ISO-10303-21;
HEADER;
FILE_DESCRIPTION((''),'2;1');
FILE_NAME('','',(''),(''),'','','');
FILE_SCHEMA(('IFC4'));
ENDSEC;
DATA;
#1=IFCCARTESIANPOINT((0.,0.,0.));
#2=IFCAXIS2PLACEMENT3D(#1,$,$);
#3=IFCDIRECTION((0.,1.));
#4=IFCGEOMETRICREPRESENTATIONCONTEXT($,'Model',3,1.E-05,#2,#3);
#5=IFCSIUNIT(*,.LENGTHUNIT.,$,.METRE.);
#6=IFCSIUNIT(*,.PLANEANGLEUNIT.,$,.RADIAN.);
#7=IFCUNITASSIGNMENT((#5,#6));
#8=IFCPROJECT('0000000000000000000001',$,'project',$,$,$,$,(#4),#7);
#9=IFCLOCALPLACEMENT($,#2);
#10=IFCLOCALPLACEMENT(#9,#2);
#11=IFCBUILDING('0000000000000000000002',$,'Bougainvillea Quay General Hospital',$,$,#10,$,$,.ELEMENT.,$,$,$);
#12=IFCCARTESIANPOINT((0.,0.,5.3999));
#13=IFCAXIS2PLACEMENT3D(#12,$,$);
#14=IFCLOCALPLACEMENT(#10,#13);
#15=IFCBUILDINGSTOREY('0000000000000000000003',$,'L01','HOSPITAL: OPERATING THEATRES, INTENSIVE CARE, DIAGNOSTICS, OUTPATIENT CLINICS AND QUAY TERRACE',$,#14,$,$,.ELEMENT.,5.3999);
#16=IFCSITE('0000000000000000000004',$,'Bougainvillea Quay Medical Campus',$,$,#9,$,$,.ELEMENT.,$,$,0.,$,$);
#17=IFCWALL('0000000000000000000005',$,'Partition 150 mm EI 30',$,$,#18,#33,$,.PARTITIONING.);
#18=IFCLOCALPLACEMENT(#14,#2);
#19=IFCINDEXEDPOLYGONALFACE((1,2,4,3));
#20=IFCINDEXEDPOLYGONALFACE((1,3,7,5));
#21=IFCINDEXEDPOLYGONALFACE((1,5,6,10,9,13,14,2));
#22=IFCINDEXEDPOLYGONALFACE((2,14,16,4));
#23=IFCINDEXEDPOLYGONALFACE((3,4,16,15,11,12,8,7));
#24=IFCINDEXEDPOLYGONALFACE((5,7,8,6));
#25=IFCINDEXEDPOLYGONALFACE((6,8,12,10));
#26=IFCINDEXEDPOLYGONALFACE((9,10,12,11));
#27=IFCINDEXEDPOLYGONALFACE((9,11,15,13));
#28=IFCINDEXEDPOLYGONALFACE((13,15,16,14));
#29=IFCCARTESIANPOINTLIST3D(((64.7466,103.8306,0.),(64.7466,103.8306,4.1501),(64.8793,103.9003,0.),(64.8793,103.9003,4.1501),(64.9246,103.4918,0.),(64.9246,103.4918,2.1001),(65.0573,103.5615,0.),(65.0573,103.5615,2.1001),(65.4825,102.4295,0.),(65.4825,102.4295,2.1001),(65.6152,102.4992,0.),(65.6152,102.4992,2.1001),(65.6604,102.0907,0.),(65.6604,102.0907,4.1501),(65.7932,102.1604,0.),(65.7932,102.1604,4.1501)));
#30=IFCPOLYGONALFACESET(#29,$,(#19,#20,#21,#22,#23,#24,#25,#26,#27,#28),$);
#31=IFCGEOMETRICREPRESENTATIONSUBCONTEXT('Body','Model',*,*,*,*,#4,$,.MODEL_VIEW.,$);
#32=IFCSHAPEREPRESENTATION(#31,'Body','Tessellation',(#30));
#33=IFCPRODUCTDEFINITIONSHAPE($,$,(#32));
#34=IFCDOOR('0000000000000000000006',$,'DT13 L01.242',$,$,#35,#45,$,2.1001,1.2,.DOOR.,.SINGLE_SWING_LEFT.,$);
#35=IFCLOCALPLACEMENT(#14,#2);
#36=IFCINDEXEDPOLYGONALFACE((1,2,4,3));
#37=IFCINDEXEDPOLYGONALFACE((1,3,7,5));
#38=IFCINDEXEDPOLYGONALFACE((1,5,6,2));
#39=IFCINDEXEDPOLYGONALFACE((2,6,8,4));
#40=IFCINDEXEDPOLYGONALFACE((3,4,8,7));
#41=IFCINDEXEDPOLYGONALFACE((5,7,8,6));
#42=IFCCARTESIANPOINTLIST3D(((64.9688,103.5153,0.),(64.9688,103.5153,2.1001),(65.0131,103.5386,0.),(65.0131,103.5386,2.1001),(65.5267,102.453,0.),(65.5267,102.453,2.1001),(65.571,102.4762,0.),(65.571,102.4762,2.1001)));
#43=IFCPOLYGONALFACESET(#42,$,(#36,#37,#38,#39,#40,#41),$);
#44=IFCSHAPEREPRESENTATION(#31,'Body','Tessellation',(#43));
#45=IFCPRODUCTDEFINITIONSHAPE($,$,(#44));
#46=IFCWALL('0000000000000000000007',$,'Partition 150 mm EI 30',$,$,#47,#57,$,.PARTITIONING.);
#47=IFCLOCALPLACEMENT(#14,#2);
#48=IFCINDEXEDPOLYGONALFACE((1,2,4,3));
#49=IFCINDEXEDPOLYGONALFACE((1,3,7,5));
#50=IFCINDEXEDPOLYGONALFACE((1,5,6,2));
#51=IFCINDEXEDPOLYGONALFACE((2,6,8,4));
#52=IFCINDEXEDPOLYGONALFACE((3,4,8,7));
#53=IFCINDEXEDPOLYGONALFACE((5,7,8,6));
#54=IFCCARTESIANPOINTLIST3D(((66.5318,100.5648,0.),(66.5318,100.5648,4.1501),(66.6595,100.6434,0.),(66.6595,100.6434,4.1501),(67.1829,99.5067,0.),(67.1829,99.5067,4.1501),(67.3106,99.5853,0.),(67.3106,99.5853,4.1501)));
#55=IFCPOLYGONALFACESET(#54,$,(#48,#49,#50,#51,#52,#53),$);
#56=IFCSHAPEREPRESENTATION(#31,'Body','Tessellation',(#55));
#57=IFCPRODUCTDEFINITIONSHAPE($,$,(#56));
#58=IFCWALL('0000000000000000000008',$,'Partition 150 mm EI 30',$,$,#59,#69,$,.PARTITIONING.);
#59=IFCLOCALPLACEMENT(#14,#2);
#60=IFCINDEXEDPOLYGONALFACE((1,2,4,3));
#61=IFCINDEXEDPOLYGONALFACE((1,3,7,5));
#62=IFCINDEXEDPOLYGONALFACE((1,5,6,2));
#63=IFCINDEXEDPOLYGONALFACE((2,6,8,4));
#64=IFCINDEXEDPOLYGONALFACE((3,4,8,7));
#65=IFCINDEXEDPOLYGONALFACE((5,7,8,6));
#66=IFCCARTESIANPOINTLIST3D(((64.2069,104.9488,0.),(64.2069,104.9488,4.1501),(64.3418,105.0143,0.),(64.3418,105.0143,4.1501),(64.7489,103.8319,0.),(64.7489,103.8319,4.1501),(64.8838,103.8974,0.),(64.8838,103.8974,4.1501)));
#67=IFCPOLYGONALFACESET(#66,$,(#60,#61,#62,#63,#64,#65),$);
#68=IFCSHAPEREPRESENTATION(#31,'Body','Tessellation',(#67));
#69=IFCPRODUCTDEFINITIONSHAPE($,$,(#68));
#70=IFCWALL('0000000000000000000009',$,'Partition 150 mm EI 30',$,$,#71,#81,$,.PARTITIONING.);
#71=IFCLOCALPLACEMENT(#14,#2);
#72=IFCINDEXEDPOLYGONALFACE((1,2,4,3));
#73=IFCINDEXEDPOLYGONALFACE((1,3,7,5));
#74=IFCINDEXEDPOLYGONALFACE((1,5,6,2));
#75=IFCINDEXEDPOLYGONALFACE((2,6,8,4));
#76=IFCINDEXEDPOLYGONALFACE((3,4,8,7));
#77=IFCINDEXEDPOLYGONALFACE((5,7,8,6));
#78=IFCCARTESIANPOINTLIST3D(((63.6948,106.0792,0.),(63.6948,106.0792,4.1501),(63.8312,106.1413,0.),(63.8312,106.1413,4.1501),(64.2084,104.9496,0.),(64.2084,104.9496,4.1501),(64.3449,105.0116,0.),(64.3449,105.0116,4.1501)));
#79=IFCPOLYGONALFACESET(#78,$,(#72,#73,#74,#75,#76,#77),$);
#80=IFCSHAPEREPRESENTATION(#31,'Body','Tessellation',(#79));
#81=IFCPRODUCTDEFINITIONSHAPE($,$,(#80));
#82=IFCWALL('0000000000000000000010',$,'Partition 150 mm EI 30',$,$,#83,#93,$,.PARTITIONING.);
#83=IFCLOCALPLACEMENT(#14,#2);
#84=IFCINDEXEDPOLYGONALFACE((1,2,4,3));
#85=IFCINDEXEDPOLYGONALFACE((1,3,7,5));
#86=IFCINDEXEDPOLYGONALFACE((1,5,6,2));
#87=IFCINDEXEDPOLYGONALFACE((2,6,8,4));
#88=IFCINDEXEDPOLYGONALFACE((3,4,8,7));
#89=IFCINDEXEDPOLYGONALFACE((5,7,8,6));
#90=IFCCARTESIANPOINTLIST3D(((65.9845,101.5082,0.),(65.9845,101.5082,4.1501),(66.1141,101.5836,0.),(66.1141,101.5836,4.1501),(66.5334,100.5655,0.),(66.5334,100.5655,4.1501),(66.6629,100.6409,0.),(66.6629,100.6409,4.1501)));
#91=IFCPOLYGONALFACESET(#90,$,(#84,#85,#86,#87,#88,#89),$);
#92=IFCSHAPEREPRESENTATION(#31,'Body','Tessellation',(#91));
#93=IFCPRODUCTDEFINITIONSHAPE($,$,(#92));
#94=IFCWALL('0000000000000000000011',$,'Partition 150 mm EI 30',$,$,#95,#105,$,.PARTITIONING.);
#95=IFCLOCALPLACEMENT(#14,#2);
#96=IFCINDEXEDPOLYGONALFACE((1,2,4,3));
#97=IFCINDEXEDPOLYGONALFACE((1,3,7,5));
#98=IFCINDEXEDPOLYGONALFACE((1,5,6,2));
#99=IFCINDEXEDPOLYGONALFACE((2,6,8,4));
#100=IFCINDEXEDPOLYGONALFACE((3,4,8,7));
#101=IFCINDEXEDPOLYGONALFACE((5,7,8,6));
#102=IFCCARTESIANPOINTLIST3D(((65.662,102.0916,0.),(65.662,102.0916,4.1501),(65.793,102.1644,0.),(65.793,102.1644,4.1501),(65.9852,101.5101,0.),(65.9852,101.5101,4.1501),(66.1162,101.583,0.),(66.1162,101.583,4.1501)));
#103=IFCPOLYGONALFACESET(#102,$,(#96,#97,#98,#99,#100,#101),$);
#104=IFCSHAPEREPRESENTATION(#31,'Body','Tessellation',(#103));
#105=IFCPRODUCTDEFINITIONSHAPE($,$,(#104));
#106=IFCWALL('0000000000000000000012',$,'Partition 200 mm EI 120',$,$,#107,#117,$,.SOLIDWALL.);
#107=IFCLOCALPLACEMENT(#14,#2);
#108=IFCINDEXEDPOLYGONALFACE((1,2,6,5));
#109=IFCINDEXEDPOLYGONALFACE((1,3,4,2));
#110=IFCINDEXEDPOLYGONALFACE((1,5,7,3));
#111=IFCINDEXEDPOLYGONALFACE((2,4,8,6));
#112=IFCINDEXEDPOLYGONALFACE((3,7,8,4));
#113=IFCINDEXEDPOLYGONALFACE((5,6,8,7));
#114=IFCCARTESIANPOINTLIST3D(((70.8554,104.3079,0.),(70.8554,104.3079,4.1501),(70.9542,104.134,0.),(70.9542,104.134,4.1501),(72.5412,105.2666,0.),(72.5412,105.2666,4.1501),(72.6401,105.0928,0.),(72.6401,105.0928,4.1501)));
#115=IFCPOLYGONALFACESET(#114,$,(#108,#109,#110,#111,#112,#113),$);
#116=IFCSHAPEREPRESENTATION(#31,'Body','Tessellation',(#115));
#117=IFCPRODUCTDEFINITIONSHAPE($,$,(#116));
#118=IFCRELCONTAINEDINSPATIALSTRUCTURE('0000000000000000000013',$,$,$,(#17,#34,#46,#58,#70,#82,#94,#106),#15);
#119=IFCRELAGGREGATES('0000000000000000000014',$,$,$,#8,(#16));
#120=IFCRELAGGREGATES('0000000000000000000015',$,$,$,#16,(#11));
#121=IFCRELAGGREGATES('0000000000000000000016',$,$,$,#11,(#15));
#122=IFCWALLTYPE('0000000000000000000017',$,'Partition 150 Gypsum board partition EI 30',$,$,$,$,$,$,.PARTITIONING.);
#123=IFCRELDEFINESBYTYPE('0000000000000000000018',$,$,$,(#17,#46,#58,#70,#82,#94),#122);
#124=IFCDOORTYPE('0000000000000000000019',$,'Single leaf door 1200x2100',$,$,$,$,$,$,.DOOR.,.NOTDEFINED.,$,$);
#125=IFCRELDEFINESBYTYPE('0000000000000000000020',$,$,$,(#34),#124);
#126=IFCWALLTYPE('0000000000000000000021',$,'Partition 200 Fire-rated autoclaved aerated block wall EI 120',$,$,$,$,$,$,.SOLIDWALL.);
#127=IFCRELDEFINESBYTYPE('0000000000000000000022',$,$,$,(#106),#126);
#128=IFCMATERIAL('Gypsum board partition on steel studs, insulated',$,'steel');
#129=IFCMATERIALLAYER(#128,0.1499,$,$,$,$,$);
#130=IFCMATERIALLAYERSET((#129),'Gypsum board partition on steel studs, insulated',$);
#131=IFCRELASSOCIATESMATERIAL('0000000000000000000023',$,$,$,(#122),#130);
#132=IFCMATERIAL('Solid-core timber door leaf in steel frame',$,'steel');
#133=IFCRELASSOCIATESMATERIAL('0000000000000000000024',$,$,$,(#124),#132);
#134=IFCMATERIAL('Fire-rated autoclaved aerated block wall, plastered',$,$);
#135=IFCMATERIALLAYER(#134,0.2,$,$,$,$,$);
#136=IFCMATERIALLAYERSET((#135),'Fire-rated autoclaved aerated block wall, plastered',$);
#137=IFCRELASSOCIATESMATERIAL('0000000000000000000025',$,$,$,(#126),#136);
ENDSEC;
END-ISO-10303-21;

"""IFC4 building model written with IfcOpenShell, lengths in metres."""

from ifc_helpers import new_model, si_unit, direction, frame, frame_2d, origin, place, context, subcontext, project, spatial, rectangle, extrude, material, layer, layer_set, type_object, element, fill, save


model = new_model("IFC4")

# Units and contexts
model_context = context("Model", 3, precision=1e-05, world=origin(), true_north=direction((0.0, 1.0)))
body_context = subcontext(model_context, "Body", "Model", "MODEL_VIEW")
ifc_project = project(units=[si_unit("LENGTHUNIT", "METRE"), si_unit("PLANEANGLEUNIT", "RADIAN")], contexts=[model_context])

# Site, building, storey
site_placement = place(None, origin())
site = spatial("IfcSite", under=ifc_project, at=site_placement, Name="Bougainvillea Quay Medical Campus", CompositionType="ELEMENT", RefElevation=0.0)
building_placement = place(site_placement, origin())
building = spatial("IfcBuilding", under=site, at=building_placement, Name="Bougainvillea Quay General Hospital", CompositionType="ELEMENT")
storey_placement = place(building_placement, frame((0.0, 0.0, 5.3999)))
storey = spatial("IfcBuildingStorey", under=building, at=storey_placement, Name="L01", Description="HOSPITAL: OPERATING THEATRES, INTENSIVE CARE, DIAGNOSTICS, OUTPATIENT CLINICS AND QUAY TERRACE", CompositionType="ELEMENT", Elevation=5.3999)

# Shared definitions
ifc_material_1 = material(Name="Gypsum board partition on steel studs, insulated", Category="steel")
ifc_layer_1 = layer(ifc_material_1, 0.1499)
ifc_layer_set_1 = layer_set([ifc_layer_1], Name="Gypsum board partition on steel studs, insulated")
wall_type_1 = type_object("IfcWallType", Name="Partition 150 Gypsum board partition EI 30", PredefinedType="PARTITIONING", material=ifc_layer_set_1)

# Shared definitions
ifc_material_2 = material(Name="Solid-core timber door leaf in steel frame", Category="steel")

# Wall, opening, door
wall_1_placement = place(storey_placement, frame((64.813, 103.8655, 0.0), z_axis=(0.0, 0.0, 1.0), x_axis=(0.464963, -0.88533, 0.0)))
wall_1 = element("IfcWall", 1, at=wall_1_placement, inside=storey, type_object=wall_type_1, Name="Partition 150 mm EI 30", PredefinedType="PARTITIONING", context=body_context, shape_type="SweptSolid", body=[
    extrude(rectangle(XDim=1.9653, YDim=0.1499, at=frame_2d((0.9827, 0.0))), origin(), (0.0, 0.0, 1.0), 4.1501),
])
opening_1_placement = place(wall_1_placement, frame((0.3826, 0.0, 0.0)))
opening_1 = element("IfcOpeningElement", 2, at=opening_1_placement, cuts=wall_1, PredefinedType="OPENING", context=body_context, shape_type="SweptSolid", body=[
    extrude(rectangle(XDim=1.2, YDim=2.1001, at=frame_2d((0.6001, 1.05))), frame((0.0, 0.085, 0.0), z_axis=(0.0, -1.0, 0.0), x_axis=(1.0, 0.0, 0.0)), (0.0, 0.0, 1.0), 0.1699),
])
door_type_1 = type_object("IfcDoorType", Name="Single leaf door 1200x2100", OperationType="NOTDEFINED", PredefinedType="DOOR", material=ifc_material_2)
door_1_placement = place(opening_1_placement, frame((1.2, 0.0, 0.0), z_axis=(0.0, 0.0, 1.0), x_axis=(-1.0, 0.0, 0.0)))
door_1 = element("IfcDoor", 3, at=door_1_placement, inside=storey, type_object=door_type_1, Name="DT13 L01.242", OperationType="SINGLE_SWING_LEFT", OverallHeight=2.1001, OverallWidth=1.2, PredefinedType="DOOR", context=body_context, shape_type="SweptSolid", body=[
    extrude(rectangle(XDim=1.2, YDim=2.1001, at=frame_2d((0.6001, 1.05))), frame((0.0, 0.0249, 0.0), z_axis=(0.0, -1.0, 0.0), x_axis=(1.0, 0.0, 0.0)), (0.0, 0.0, 1.0), 0.05),
])
fill(opening_1, door_1)

# Walls
wall_2_placement = place(storey_placement, frame((66.5957, 100.604, 0.0), z_axis=(0.0, 0.0, 1.0), x_axis=(0.524086, -0.851665, 0.0)))
element("IfcWall", 4, at=wall_2_placement, inside=storey, type_object=wall_type_1, Name="Partition 150 mm EI 30", PredefinedType="PARTITIONING", context=body_context, shape_type="SweptSolid", body=[
    extrude(rectangle(XDim=1.2424, YDim=0.1499, at=frame_2d((0.6211, 0.0))), origin(), (0.0, 0.0, 1.0), 4.1501),
])
wall_3_placement = place(storey_placement, frame((64.2744, 104.9814, 0.0), z_axis=(0.0, 0.0, 1.0), x_axis=(0.436563, -0.899674, 0.0)))
element("IfcWall", 5, at=wall_3_placement, inside=storey, type_object=wall_type_1, Name="Partition 150 mm EI 30", PredefinedType="PARTITIONING", context=body_context, shape_type="SweptSolid", body=[
    extrude(rectangle(XDim=1.2415, YDim=0.1499, at=frame_2d((0.6206, 0.0))), origin(), (0.0, 0.0, 1.0), 4.1501),
])
wall_4_placement = place(storey_placement, frame((63.7629, 106.1104, 0.0), z_axis=(0.0, 0.0, 1.0), x_axis=(0.413936, -0.910306, 0.0)))
element("IfcWall", 6, at=wall_4_placement, inside=storey, type_object=wall_type_1, Name="Partition 150 mm EI 30", PredefinedType="PARTITIONING", context=body_context, shape_type="SweptSolid", body=[
    extrude(rectangle(XDim=1.241, YDim=0.1499, at=frame_2d((0.6206, 0.0))), origin(), (0.0, 0.0, 1.0), 4.1501),
])
wall_5_placement = place(storey_placement, frame((66.0493, 101.5459, 0.0), z_axis=(0.0, 0.0, 1.0), x_axis=(0.503161, -0.864193, 0.0)))
element("IfcWall", 7, at=wall_5_placement, inside=storey, type_object=wall_type_1, Name="Partition 150 mm EI 30", PredefinedType="PARTITIONING", context=body_context, shape_type="SweptSolid", body=[
    extrude(rectangle(XDim=1.0908, YDim=0.1499, at=frame_2d((0.5454, 0.0))), origin(), (0.0, 0.0, 1.0), 4.1501),
])
wall_6_placement = place(storey_placement, frame((65.7275, 102.1279, 0.0), z_axis=(0.0, 0.0, 1.0), x_axis=(0.48583, -0.874053, 0.0)))
element("IfcWall", 8, at=wall_6_placement, inside=storey, type_object=wall_type_1, Name="Partition 150 mm EI 30", PredefinedType="PARTITIONING", context=body_context, shape_type="SweptSolid", body=[
    extrude(rectangle(XDim=0.6653, YDim=0.1499, at=frame_2d((0.3325, 0.0))), origin(), (0.0, 0.0, 1.0), 4.1501),
])
ifc_material_3 = material(Name="Fire-rated autoclaved aerated block wall, plastered")
ifc_layer_2 = layer(ifc_material_3, 0.2)
ifc_layer_set_2 = layer_set([ifc_layer_2], Name="Fire-rated autoclaved aerated block wall, plastered")
wall_type_2 = type_object("IfcWallType", Name="Partition 200 Fire-rated autoclaved aerated block wall EI 120", PredefinedType="SOLIDWALL", material=ifc_layer_set_2)
wall_7_placement = place(storey_placement, frame((70.9048, 104.2209, 0.0), z_axis=(0.0, 0.0, 1.0), x_axis=(0.869256, 0.494362, 0.0)))
element("IfcWall", 9, at=wall_7_placement, inside=storey, type_object=wall_type_2, Name="Partition 200 mm EI 120", PredefinedType="SOLIDWALL", context=body_context, shape_type="SweptSolid", body=[
    extrude(rectangle(XDim=1.9395, YDim=0.2, at=frame_2d((0.9697, 0.0))), origin(), (0.0, 0.0, 1.0), 4.1501),
])

save(model, "model.ifc")
